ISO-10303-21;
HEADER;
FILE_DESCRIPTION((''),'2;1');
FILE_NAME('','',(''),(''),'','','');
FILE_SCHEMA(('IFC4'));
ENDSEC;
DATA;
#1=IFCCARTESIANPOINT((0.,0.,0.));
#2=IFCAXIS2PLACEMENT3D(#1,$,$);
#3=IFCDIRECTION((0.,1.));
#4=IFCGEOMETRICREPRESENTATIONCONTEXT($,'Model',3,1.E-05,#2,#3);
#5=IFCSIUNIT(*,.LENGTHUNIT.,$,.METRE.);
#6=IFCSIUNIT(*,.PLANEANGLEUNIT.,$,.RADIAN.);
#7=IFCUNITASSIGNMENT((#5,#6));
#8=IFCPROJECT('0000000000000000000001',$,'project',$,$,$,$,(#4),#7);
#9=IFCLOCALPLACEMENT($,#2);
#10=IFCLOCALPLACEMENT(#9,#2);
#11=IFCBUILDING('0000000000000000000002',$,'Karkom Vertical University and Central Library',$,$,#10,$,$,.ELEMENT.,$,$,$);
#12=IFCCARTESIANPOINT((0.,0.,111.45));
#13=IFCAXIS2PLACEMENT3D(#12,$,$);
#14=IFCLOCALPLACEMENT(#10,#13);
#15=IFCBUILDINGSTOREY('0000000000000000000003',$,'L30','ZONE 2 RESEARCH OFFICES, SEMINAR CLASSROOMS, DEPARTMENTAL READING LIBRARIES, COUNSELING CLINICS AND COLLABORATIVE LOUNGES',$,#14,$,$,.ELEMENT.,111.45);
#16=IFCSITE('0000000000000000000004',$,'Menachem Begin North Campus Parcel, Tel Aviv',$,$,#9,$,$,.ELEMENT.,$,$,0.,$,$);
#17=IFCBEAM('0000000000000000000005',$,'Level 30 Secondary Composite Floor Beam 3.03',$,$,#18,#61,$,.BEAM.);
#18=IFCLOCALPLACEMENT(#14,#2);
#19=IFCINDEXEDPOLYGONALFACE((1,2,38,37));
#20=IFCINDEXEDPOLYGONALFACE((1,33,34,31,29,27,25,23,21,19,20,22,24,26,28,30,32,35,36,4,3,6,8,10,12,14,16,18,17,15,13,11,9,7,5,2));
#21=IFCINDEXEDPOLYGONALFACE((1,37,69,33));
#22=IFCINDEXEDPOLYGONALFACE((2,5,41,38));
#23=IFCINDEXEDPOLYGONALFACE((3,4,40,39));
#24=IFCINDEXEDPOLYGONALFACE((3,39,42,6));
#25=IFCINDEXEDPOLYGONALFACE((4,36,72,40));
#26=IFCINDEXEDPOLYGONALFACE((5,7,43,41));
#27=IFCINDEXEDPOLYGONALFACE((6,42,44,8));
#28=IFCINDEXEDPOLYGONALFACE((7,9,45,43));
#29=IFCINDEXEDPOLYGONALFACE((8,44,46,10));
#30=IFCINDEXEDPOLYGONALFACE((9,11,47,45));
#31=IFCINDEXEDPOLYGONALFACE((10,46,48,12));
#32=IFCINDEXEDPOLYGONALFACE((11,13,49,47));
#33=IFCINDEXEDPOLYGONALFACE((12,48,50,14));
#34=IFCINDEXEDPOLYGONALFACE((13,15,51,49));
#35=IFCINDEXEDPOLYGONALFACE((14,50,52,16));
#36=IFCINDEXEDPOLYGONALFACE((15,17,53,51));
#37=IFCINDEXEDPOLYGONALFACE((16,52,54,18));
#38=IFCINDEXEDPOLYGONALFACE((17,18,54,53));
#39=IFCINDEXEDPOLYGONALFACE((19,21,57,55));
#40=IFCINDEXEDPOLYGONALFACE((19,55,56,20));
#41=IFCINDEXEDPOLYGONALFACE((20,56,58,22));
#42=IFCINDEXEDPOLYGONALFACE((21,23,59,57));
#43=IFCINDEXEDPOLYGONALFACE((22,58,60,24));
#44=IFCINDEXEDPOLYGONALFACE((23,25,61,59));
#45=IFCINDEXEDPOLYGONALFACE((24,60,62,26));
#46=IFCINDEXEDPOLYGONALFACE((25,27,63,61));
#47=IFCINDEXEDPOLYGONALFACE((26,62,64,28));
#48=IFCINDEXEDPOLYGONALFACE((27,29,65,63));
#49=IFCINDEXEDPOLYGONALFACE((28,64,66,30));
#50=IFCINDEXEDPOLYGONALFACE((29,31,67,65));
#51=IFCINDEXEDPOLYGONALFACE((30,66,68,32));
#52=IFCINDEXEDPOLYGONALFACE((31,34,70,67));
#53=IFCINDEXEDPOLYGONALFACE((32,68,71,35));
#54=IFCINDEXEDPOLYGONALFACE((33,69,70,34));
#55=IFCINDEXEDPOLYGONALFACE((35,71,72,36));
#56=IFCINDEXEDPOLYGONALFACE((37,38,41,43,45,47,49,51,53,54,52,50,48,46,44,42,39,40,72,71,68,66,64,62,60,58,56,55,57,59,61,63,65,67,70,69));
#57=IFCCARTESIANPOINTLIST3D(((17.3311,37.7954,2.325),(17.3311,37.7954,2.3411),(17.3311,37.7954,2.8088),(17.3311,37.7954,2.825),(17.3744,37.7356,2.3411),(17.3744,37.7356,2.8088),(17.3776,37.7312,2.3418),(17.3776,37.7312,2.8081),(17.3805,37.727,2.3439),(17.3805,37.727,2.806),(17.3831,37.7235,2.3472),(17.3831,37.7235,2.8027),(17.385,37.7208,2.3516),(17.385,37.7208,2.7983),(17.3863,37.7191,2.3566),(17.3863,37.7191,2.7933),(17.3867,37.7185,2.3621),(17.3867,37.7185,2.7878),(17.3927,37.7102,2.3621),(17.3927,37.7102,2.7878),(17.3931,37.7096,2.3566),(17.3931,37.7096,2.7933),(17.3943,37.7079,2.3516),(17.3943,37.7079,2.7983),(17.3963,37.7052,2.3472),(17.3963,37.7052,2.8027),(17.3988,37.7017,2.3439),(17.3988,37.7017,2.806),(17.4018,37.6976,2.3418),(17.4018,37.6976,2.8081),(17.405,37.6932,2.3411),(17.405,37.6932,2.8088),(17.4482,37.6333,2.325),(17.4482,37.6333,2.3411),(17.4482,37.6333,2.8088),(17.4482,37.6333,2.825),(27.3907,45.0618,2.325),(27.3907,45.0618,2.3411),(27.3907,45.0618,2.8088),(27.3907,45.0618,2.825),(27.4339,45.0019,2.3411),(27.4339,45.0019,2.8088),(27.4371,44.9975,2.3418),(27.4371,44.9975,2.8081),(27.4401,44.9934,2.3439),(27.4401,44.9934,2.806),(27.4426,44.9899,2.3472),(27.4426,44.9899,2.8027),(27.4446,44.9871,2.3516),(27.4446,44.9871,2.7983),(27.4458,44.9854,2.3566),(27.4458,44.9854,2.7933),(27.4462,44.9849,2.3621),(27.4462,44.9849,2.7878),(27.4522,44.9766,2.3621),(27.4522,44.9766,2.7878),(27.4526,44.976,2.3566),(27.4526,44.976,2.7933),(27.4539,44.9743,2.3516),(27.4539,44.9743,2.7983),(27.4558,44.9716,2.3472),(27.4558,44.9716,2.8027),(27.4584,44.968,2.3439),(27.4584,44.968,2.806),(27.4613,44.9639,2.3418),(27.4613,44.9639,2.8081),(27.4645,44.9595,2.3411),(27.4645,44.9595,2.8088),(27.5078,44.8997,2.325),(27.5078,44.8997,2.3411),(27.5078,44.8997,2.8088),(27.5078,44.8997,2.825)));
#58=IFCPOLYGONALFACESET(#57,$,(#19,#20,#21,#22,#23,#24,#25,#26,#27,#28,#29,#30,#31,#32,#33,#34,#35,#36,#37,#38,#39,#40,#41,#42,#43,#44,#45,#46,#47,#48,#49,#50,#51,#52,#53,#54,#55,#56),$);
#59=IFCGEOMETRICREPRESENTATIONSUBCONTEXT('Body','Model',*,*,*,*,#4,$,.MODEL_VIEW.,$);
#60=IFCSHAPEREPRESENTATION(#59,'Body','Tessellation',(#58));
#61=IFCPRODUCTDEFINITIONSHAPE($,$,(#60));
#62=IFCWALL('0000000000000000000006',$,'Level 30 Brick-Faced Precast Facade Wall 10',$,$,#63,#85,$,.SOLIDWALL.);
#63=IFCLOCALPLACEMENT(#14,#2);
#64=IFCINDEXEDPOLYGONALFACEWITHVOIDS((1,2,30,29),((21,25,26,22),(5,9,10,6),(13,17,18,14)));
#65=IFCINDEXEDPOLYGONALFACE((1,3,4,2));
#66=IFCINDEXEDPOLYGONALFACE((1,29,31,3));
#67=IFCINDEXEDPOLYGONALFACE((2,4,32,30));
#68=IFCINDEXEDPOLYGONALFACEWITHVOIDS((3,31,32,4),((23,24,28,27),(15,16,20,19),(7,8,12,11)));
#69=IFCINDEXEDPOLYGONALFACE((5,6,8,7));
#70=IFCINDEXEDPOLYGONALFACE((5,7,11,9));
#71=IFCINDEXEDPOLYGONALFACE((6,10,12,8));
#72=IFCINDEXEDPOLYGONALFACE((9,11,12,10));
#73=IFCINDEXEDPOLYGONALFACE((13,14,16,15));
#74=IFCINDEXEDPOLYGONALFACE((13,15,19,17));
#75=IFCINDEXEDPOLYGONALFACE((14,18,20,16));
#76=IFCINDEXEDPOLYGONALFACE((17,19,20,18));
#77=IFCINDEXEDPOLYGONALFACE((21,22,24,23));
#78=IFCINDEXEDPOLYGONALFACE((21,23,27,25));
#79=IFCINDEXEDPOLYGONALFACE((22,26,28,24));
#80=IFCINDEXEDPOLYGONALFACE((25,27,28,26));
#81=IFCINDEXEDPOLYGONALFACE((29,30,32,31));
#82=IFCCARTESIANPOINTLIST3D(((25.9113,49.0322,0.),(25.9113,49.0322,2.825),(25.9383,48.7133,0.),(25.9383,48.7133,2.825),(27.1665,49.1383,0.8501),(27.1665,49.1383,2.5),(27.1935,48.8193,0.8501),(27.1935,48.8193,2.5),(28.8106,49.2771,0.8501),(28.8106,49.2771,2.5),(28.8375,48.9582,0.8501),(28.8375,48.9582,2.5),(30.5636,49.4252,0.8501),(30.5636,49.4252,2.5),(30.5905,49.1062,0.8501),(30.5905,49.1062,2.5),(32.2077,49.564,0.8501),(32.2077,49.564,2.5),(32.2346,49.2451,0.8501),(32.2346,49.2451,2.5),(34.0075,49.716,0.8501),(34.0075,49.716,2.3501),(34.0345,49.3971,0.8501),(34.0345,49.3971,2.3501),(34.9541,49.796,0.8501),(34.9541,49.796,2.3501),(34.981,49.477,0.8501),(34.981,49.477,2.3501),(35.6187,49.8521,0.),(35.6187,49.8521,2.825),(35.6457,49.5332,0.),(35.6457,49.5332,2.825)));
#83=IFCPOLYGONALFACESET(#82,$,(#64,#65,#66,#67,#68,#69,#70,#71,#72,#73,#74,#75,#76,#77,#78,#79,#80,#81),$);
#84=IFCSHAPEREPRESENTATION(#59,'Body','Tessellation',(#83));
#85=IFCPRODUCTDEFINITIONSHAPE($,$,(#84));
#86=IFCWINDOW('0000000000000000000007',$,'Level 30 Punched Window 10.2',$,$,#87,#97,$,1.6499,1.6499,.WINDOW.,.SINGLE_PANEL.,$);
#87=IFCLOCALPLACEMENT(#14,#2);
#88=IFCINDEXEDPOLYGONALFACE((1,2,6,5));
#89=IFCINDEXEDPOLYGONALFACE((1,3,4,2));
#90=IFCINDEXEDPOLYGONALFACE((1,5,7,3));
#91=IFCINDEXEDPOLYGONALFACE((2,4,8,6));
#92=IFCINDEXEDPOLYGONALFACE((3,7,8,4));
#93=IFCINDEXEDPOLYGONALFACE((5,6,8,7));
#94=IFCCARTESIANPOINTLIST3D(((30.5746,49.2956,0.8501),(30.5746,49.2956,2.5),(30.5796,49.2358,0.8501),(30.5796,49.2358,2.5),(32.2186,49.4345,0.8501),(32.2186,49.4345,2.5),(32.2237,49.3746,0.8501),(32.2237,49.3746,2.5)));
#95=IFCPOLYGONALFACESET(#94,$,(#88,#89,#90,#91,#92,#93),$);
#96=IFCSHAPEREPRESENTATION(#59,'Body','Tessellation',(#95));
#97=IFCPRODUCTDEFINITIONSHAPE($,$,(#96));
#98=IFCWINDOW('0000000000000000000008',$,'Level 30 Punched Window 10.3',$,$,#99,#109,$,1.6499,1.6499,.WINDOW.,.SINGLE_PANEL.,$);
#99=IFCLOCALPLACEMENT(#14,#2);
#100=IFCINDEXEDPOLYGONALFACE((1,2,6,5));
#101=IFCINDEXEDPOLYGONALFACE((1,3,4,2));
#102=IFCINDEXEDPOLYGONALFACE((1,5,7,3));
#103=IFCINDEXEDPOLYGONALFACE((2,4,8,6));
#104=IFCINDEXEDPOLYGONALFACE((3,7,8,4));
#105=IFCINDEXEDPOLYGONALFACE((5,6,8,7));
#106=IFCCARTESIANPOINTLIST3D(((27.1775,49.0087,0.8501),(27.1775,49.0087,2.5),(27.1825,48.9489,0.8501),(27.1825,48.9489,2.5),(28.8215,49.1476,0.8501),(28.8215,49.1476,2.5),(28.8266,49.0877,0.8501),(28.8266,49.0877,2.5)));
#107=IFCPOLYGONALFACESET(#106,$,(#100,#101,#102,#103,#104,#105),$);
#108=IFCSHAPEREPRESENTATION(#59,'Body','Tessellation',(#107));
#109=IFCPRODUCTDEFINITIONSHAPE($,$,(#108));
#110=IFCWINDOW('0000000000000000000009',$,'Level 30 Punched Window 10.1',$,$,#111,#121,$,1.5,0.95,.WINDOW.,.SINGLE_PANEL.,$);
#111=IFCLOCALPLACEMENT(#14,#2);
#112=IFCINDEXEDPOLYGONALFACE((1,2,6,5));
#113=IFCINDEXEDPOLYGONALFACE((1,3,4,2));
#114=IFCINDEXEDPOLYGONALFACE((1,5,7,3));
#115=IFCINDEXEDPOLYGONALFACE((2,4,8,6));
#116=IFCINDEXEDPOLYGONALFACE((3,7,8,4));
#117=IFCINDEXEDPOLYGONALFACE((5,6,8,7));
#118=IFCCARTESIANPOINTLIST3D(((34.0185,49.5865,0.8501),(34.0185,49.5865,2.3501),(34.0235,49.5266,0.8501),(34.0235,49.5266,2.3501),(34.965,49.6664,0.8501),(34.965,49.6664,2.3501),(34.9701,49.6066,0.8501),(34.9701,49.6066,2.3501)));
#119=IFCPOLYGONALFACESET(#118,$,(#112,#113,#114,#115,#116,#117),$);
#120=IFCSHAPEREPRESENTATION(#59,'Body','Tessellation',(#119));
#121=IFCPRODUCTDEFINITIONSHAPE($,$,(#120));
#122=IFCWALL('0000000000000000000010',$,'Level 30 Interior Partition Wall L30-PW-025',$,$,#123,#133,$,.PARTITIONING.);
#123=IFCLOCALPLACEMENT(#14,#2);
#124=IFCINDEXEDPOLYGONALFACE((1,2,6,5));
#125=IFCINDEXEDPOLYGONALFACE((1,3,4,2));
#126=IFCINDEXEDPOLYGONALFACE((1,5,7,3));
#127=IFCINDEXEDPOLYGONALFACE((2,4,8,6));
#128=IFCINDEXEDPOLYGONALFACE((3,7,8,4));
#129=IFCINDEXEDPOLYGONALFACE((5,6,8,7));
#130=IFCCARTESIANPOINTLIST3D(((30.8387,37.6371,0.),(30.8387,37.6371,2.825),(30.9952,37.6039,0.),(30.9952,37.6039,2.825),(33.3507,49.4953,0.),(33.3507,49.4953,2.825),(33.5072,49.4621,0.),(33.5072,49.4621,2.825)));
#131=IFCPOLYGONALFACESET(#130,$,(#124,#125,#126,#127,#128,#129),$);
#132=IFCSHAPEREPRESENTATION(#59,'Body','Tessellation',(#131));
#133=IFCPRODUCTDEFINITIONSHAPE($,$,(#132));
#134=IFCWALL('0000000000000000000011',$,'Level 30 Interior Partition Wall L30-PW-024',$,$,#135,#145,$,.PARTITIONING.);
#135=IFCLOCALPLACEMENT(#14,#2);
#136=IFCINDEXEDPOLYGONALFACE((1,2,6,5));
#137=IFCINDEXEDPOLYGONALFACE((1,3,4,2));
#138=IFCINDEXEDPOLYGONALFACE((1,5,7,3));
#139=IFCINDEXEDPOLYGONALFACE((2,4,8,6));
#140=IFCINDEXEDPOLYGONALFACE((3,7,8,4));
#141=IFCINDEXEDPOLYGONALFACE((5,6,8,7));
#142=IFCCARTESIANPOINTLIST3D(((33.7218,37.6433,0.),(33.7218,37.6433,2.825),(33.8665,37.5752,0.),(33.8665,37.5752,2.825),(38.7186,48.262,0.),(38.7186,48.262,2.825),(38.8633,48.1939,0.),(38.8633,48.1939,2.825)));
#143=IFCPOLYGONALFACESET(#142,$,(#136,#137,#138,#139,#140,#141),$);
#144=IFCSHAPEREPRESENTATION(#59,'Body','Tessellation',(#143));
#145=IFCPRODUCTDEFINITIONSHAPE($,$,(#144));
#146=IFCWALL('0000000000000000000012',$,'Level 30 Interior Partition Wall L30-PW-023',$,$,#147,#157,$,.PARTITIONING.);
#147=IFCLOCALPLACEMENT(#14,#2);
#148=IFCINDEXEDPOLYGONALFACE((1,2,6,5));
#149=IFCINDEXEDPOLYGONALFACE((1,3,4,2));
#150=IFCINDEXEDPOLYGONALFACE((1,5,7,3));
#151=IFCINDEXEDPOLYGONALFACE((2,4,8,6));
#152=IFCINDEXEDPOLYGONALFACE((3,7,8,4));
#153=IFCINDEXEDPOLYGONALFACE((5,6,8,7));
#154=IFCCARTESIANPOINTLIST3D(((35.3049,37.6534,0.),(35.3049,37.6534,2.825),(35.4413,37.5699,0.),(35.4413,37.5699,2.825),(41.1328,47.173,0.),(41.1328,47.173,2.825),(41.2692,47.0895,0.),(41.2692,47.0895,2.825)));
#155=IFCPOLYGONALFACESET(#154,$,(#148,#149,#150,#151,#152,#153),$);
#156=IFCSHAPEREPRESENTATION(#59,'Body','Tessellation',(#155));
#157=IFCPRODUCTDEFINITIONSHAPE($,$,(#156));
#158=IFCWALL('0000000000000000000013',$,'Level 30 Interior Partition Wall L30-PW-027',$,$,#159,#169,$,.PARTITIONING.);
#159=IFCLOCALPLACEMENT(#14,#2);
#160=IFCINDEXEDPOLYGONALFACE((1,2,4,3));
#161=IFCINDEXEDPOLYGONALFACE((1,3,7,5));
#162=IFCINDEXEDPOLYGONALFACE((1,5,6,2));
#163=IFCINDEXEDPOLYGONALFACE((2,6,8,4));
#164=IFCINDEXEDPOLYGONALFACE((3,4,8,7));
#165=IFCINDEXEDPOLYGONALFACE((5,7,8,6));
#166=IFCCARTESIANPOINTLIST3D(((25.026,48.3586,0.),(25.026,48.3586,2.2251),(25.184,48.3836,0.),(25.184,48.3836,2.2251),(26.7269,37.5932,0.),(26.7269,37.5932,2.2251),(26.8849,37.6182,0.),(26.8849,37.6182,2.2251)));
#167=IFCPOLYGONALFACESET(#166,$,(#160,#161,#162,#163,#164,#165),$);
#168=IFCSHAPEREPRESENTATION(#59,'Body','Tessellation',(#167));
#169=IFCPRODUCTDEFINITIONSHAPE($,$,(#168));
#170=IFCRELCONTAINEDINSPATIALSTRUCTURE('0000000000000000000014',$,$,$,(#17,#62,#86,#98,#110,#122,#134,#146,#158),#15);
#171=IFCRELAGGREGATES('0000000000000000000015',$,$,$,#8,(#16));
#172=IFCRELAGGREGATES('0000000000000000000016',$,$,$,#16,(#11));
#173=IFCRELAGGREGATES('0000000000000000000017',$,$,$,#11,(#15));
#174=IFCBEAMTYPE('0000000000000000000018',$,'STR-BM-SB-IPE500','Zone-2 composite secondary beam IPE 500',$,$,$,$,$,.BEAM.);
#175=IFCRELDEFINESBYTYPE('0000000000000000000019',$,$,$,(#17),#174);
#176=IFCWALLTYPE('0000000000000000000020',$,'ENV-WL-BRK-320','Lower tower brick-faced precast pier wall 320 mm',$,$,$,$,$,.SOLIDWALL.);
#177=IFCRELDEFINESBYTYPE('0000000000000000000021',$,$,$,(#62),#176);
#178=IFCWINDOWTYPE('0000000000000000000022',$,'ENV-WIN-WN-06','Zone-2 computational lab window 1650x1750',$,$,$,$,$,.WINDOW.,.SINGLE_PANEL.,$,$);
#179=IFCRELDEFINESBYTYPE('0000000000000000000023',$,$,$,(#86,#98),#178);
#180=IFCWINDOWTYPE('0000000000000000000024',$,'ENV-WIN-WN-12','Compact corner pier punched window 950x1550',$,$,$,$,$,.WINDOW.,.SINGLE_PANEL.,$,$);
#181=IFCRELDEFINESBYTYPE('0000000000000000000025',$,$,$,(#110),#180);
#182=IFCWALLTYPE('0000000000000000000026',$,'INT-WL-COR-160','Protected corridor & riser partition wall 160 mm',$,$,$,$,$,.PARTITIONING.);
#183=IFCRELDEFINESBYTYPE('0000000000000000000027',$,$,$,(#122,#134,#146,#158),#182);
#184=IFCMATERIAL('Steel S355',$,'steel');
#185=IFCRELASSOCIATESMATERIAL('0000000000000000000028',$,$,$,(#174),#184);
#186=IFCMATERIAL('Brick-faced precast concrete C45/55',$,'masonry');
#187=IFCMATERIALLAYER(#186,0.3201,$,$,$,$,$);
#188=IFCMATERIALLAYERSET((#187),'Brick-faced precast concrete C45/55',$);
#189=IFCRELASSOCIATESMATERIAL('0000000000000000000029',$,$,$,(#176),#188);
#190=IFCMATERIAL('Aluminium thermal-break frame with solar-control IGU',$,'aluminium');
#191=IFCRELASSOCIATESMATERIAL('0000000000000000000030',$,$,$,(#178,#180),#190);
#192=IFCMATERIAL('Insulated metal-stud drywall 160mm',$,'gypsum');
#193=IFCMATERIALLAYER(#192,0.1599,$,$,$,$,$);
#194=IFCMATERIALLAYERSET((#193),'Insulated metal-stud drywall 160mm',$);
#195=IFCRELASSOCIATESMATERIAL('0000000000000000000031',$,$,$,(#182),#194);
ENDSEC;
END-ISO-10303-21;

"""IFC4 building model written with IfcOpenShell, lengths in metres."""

from ifc_helpers import new_model, si_unit, direction, frame, frame_2d, origin, origin_with_axes, origin_2d, place, context, subcontext, project, spatial, rectangle, i_section, extrude, source, transform, mapped, material, layer, layer_set, material_profile, profile_set, type_object, element, fill, save


model = new_model("IFC4")

# Units and contexts
model_context = context("Model", 3, precision=1e-05, world=origin(), true_north=direction((0.0, 1.0)))
body_context = subcontext(model_context, "Body", "Model", "MODEL_VIEW")
ifc_project = project(units=[si_unit("LENGTHUNIT", "METRE"), si_unit("PLANEANGLEUNIT", "RADIAN")], contexts=[model_context])

# Site, building, storey
site_placement = place(None, origin())
site = spatial("IfcSite", under=ifc_project, at=site_placement, Name="Menachem Begin North Campus Parcel, Tel Aviv", CompositionType="ELEMENT", RefElevation=0.0)
building_placement = place(site_placement, origin())
building = spatial("IfcBuilding", under=site, at=building_placement, Name="Karkom Vertical University and Central Library", CompositionType="ELEMENT")
storey_placement = place(building_placement, frame((0.0, 0.0, 111.45)))
storey = spatial("IfcBuildingStorey", under=building, at=storey_placement, Name="L30", Description="ZONE 2 RESEARCH OFFICES, SEMINAR CLASSROOMS, DEPARTMENTAL READING LIBRARIES, COUNSELING CLINICS AND COLLABORATIVE LOUNGES", CompositionType="ELEMENT", Elevation=111.45)

# Beam
ifc_material_1 = material(Name="Steel S355", Category="steel")
ifc_material_profile_1 = material_profile(ifc_material_1, i_section(OverallWidth=0.2, OverallDepth=0.5, WebThickness=0.0103, FlangeThickness=0.0161, FilletRadius=0.021, at=origin_2d()), Name="IPE 500")
ifc_profile_set_1 = profile_set([ifc_material_profile_1], Name="Steel S355")
beam_type_1 = type_object("IfcBeamType", Name="STR-BM-SB-IPE500", Description="Zone-2 composite secondary beam IPE 500", PredefinedType="BEAM", material=ifc_profile_set_1)
shared_shape_1 = source(origin_with_axes(), body_context, "Body", "SweptSolid", [
    extrude(i_section(OverallWidth=0.2, OverallDepth=0.5, WebThickness=0.0103, FlangeThickness=0.0161, FilletRadius=0.021, at=origin_2d()), origin(), (0.0, 0.0, 1.0), 12.4094),
])
beam_1_placement = place(storey_placement, frame((27.4492, 44.9807, 2.575), z_axis=(-0.810637, -0.585549, 0.0), x_axis=(0.585549, -0.810637, 0.0)))
element("IfcBeam", 1, at=beam_1_placement, inside=storey, type_object=beam_type_1, Name="Level 30 Secondary Composite Floor Beam 3.03", PredefinedType="BEAM", context=body_context, shape_type="MappedRepresentation", body=[
    mapped(shared_shape_1, transform((0.0, 0.0, 0.0), scale=1.0)),
])

# Wall, openings, windows
ifc_material_2 = material(Name="Brick-faced precast concrete C45/55", Category="masonry")
ifc_layer_1 = layer(ifc_material_2, 0.3201)
ifc_layer_set_1 = layer_set([ifc_layer_1], Name="Brick-faced precast concrete C45/55")
wall_type_1 = type_object("IfcWallType", Name="ENV-WL-BRK-320", Description="Lower tower brick-faced precast pier wall 320 mm", PredefinedType="SOLIDWALL", material=ifc_layer_set_1)
wall_1_placement = place(storey_placement, frame((35.6323, 49.6926, 0.0), z_axis=(0.0, 0.0, 1.0), x_axis=(-0.996453, -0.084155, 0.0)))
wall_1 = element("IfcWall", 2, at=wall_1_placement, inside=storey, type_object=wall_type_1, Name="Level 30 Brick-Faced Precast Facade Wall 10", PredefinedType="SOLIDWALL", context=body_context, shape_type="SweptSolid", body=[
    extrude(rectangle(XDim=9.7419, YDim=0.3201, at=frame_2d((4.8711, 0.0))), origin(), (0.0, 0.0, 1.0), 2.825),
])
opening_1_placement = place(wall_1_placement, frame((0.667, 0.0, 0.8501)))
opening_1 = element("IfcOpeningElement", 3, at=opening_1_placement, cuts=wall_1, PredefinedType="OPENING", context=body_context, shape_type="SweptSolid", body=[
    extrude(rectangle(XDim=0.95, YDim=1.5, at=frame_2d((0.4751, 0.75))), frame((0.0, 0.1699, 0.0), z_axis=(0.0, -1.0, 0.0), x_axis=(1.0, 0.0, 0.0)), (0.0, 0.0, 1.0), 0.3401),
])
opening_2_placement = place(wall_1_placement, frame((3.4233, 0.0, 0.8501)))
opening_2 = element("IfcOpeningElement", 4, at=opening_2_placement, cuts=wall_1, PredefinedType="OPENING", context=body_context, shape_type="SweptSolid", body=[
    extrude(rectangle(XDim=1.6499, YDim=1.6499, at=frame_2d((0.825, 0.825))), frame((0.0, 0.1699, 0.0), z_axis=(0.0, -1.0, 0.0), x_axis=(1.0, 0.0, 0.0)), (0.0, 0.0, 1.0), 0.3401),
])
opening_3_placement = place(wall_1_placement, frame((6.8325, 0.0, 0.8501)))
opening_3 = element("IfcOpeningElement", 5, at=opening_3_placement, cuts=wall_1, PredefinedType="OPENING", context=body_context, shape_type="SweptSolid", body=[
    extrude(rectangle(XDim=1.6499, YDim=1.6499, at=frame_2d((0.825, 0.825))), frame((0.0, 0.1699, 0.0), z_axis=(0.0, -1.0, 0.0), x_axis=(1.0, 0.0, 0.0)), (0.0, 0.0, 1.0), 0.3401),
])
ifc_material_3 = material(Name="Aluminium thermal-break frame with solar-control IGU", Category="aluminium")
window_type_1 = type_object("IfcWindowType", Name="ENV-WIN-WN-06", Description="Zone-2 computational lab window 1650x1750", PartitioningType="SINGLE_PANEL", PredefinedType="WINDOW", material=ifc_material_3)
shared_shape_2 = source(origin_with_axes(), body_context, "Body", "SweptSolid", [
    extrude(rectangle(XDim=1.6499, YDim=1.6499, at=frame_2d((0.825, 0.825))), frame((0.0, 0.03, 0.0), z_axis=(0.0, -1.0, 0.0), x_axis=(1.0, 0.0, 0.0)), (0.0, 0.0, 1.0), 0.0601),
])
window_1_placement = place(opening_2_placement, origin())
window_1 = element("IfcWindow", 6, at=window_1_placement, inside=storey, type_object=window_type_1, Name="Level 30 Punched Window 10.2", OverallHeight=1.6499, OverallWidth=1.6499, PartitioningType="SINGLE_PANEL", PredefinedType="WINDOW", context=body_context, shape_type="MappedRepresentation", body=[
    mapped(shared_shape_2, transform((0.0, 0.0, 0.0), scale=1.0)),
])
fill(opening_2, window_1)
window_2_placement = place(opening_3_placement, origin())
window_2 = element("IfcWindow", 7, at=window_2_placement, inside=storey, type_object=window_type_1, Name="Level 30 Punched Window 10.3", OverallHeight=1.6499, OverallWidth=1.6499, PartitioningType="SINGLE_PANEL", PredefinedType="WINDOW", context=body_context, shape_type="MappedRepresentation", body=[
    mapped(shared_shape_2, transform((0.0, 0.0, 0.0), scale=1.0)),
])
fill(opening_3, window_2)
window_type_2 = type_object("IfcWindowType", Name="ENV-WIN-WN-12", Description="Compact corner pier punched window 950x1550", PartitioningType="SINGLE_PANEL", PredefinedType="WINDOW", material=ifc_material_3)
shared_shape_3 = source(origin_with_axes(), body_context, "Body", "SweptSolid", [
    extrude(rectangle(XDim=0.95, YDim=1.5, at=frame_2d((0.4751, 0.75))), frame((0.0, 0.03, 0.0), z_axis=(0.0, -1.0, 0.0), x_axis=(1.0, 0.0, 0.0)), (0.0, 0.0, 1.0), 0.0601),
])
window_3_placement = place(opening_1_placement, origin())
window_3 = element("IfcWindow", 8, at=window_3_placement, inside=storey, type_object=window_type_2, Name="Level 30 Punched Window 10.1", OverallHeight=1.5, OverallWidth=0.95, PartitioningType="SINGLE_PANEL", PredefinedType="WINDOW", context=body_context, shape_type="MappedRepresentation", body=[
    mapped(shared_shape_3, transform((0.0, 0.0, 0.0), scale=1.0)),
])
fill(opening_1, window_3)

# Walls
ifc_material_4 = material(Name="Insulated metal-stud drywall 160mm", Category="gypsum")
ifc_layer_2 = layer(ifc_material_4, 0.1599)
ifc_layer_set_2 = layer_set([ifc_layer_2], Name="Insulated metal-stud drywall 160mm")
wall_type_2 = type_object("IfcWallType", Name="INT-WL-COR-160", Description="Protected corridor & riser partition wall 160 mm", PredefinedType="PARTITIONING", material=ifc_layer_set_2)
wall_2_placement = place(storey_placement, frame((30.917, 37.6206, 0.0), z_axis=(0.0, 0.0, 1.0), x_axis=(0.207236, 0.978291, 0.0)))
element("IfcWall", 9, at=wall_2_placement, inside=storey, type_object=wall_type_2, Name="Level 30 Interior Partition Wall L30-PW-025", PredefinedType="PARTITIONING", context=body_context, shape_type="SweptSolid", body=[
    extrude(rectangle(XDim=12.1213, YDim=0.1599, at=frame_2d((6.0605, 0.0))), origin(), (0.0, 0.0, 1.0), 2.825),
])
wall_3_placement = place(storey_placement, frame((33.7942, 37.6094, 0.0), z_axis=(0.0, 0.0, 1.0), x_axis=(0.425784, 0.904825, 0.0)))
element("IfcWall", 10, at=wall_3_placement, inside=storey, type_object=wall_type_2, Name="Level 30 Interior Partition Wall L30-PW-024", PredefinedType="PARTITIONING", context=body_context, shape_type="SweptSolid", body=[
    extrude(rectangle(XDim=11.7356, YDim=0.1599, at=frame_2d((5.8677, 0.0))), origin(), (0.0, 0.0, 1.0), 2.825),
])
wall_4_placement = place(storey_placement, frame((35.373, 37.6116, 0.0), z_axis=(0.0, 0.0, 1.0), x_axis=(0.522128, 0.852867, 0.0)))
element("IfcWall", 11, at=wall_4_placement, inside=storey, type_object=wall_type_2, Name="Level 30 Interior Partition Wall L30-PW-023", PredefinedType="PARTITIONING", context=body_context, shape_type="SweptSolid", body=[
    extrude(rectangle(XDim=11.1619, YDim=0.1599, at=frame_2d((5.5811, 0.0))), origin(), (0.0, 0.0, 1.0), 2.825),
])
wall_5_placement = place(storey_placement, frame((26.8059, 37.6057, 0.0), z_axis=(0.0, 0.0, 1.0), x_axis=(-0.156064, 0.987747, 0.0)))
element("IfcWall", 12, at=wall_5_placement, inside=storey, type_object=wall_type_2, Name="Level 30 Interior Partition Wall L30-PW-027", PredefinedType="PARTITIONING", context=body_context, shape_type="SweptSolid", body=[
    extrude(rectangle(XDim=10.8989, YDim=0.1599, at=frame_2d((5.4495, 0.0))), origin(), (0.0, 0.0, 1.0), 2.2251),
])

save(model, "model.ifc")
